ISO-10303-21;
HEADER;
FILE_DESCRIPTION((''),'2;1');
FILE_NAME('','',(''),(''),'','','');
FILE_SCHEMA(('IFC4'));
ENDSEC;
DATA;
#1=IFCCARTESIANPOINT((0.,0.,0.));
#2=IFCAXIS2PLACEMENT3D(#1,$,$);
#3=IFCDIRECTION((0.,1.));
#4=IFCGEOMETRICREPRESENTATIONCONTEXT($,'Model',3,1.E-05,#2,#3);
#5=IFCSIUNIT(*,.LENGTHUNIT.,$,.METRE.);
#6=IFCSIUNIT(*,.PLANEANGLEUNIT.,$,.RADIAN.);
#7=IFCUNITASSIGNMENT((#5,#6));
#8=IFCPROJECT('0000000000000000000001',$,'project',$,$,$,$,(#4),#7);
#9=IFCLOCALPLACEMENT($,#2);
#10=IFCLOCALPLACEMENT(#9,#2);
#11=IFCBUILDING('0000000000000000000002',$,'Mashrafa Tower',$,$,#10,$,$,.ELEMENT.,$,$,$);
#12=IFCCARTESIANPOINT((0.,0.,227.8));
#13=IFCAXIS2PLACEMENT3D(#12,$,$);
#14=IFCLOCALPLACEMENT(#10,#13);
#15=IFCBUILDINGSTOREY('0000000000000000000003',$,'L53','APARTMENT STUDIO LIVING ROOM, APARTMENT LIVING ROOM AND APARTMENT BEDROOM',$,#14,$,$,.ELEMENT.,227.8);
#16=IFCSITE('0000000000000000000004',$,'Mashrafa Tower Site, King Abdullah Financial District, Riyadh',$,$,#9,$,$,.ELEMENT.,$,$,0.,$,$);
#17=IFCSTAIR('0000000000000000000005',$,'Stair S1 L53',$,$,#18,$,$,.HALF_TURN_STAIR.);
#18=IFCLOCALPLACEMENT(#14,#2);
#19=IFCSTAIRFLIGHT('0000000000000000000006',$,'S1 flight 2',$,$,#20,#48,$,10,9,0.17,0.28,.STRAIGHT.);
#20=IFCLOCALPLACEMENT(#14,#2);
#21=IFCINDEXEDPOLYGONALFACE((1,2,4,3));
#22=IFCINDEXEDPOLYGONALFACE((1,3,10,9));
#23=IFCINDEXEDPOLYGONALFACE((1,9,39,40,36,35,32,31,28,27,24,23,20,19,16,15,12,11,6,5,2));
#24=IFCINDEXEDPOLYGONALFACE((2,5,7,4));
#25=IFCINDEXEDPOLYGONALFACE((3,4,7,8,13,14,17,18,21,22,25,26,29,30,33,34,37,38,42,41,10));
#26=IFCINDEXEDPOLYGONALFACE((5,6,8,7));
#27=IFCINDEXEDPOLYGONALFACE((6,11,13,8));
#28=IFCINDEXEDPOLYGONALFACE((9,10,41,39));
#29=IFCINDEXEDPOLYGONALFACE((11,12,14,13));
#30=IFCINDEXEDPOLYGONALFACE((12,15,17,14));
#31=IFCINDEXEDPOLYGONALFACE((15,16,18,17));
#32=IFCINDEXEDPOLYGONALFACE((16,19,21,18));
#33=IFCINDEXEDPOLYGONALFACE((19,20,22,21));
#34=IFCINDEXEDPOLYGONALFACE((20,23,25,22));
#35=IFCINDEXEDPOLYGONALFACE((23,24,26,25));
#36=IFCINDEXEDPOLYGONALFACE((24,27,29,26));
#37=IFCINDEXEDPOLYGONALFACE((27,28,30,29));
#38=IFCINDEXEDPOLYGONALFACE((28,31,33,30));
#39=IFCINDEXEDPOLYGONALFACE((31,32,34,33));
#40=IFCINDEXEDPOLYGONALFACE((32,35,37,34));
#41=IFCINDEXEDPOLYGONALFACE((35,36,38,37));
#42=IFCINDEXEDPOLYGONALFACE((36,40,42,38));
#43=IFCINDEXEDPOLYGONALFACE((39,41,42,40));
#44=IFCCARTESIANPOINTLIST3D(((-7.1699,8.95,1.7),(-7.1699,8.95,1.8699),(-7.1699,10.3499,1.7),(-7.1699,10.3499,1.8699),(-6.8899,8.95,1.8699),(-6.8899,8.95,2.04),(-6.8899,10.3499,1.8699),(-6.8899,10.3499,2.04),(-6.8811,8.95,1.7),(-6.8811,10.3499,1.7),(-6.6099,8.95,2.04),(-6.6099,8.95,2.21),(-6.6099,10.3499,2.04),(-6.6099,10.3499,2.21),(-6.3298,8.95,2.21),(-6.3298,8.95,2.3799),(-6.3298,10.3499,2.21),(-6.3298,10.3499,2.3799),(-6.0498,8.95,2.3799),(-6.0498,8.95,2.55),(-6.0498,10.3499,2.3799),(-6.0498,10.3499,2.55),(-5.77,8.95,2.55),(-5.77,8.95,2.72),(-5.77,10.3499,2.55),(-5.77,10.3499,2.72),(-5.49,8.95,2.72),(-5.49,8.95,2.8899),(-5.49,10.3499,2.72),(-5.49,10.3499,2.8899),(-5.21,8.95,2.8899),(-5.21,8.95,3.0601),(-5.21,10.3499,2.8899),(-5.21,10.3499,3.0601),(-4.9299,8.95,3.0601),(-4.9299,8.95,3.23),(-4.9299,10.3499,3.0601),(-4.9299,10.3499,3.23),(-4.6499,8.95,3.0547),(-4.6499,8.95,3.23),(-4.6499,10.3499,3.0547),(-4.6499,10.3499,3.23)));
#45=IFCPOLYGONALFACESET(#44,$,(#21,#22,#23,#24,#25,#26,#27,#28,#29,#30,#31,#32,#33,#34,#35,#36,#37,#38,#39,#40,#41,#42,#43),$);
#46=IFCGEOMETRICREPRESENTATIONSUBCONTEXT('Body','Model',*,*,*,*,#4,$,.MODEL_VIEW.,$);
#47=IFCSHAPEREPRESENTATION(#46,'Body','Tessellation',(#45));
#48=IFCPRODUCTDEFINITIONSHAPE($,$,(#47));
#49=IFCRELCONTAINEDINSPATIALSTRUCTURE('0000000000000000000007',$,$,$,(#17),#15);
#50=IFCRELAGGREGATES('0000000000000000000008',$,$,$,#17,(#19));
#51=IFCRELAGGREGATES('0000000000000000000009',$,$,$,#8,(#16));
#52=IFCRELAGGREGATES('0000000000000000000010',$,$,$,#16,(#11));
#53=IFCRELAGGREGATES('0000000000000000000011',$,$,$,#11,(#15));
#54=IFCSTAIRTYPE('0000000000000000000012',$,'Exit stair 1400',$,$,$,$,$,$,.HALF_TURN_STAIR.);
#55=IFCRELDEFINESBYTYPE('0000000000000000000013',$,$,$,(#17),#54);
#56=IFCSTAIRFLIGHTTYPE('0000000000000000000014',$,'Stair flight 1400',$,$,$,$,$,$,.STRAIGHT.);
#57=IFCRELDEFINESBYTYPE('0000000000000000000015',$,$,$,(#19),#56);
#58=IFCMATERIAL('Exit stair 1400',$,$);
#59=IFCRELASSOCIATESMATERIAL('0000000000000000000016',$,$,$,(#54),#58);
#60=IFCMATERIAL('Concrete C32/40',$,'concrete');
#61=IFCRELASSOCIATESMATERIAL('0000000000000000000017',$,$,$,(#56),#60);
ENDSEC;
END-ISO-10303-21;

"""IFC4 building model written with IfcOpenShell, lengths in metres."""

from ifc_helpers import new_model, si_unit, direction, frame, origin, place, context, subcontext, project, spatial, polyline, outline, extrude, material, type_object, element, aggregate, save


model = new_model("IFC4")

# Units and contexts
model_context = context("Model", 3, precision=1e-05, world=origin(), true_north=direction((0.0, 1.0)))
body_context = subcontext(model_context, "Body", "Model", "MODEL_VIEW")
ifc_project = project(units=[si_unit("LENGTHUNIT", "METRE"), si_unit("PLANEANGLEUNIT", "RADIAN")], contexts=[model_context])

# Site, building, storey
site_placement = place(None, origin())
site = spatial("IfcSite", under=ifc_project, at=site_placement, Name="Mashrafa Tower Site, King Abdullah Financial District, Riyadh", CompositionType="ELEMENT", RefElevation=0.0)
building_placement = place(site_placement, origin())
building = spatial("IfcBuilding", under=site, at=building_placement, Name="Mashrafa Tower", CompositionType="ELEMENT")
storey_placement = place(building_placement, frame((0.0, 0.0, 227.8)))
storey = spatial("IfcBuildingStorey", under=building, at=storey_placement, Name="L53", Description="APARTMENT STUDIO LIVING ROOM, APARTMENT LIVING ROOM AND APARTMENT BEDROOM", CompositionType="ELEMENT", Elevation=227.8)

# Stair, stair flight
ifc_material_1 = material(Name="Exit stair 1400")
stair_type = type_object("IfcStairType", Name="Exit stair 1400", PredefinedType="HALF_TURN_STAIR", material=ifc_material_1)
stair_placement = place(storey_placement, origin())
stair = element("IfcStair", 1, at=stair_placement, inside=storey, type_object=stair_type, Name="Stair S1 L53", PredefinedType="HALF_TURN_STAIR")
ifc_material_2 = material(Name="Concrete C32/40", Category="concrete")
stair_flight_type = type_object("IfcStairFlightType", Name="Stair flight 1400", PredefinedType="STRAIGHT", material=ifc_material_2)
stair_flight_1_placement = place(storey_placement, frame((-7.1699, 9.6499, 1.7), z_axis=(0.0, 0.0, 1.0), x_axis=(1.0, 0.0, 0.0)))
stair_flight_1 = element("IfcStairFlight", 2, at=stair_flight_1_placement, type_object=stair_flight_type, Name="S1 flight 2", NumberOfRisers=10, NumberOfTreads=9, PredefinedType="STRAIGHT", RiserHeight=0.17, TreadLength=0.28, context=body_context, shape_type="SweptSolid", body=[
    extrude(outline(polyline([(0.0, 0.0), (0.0, 0.1699), (0.28, 0.1699), (0.28, 0.3401), (0.5601, 0.3401), (0.5601, 0.51), (0.8401, 0.51), (0.8401, 0.6799), (1.1201, 0.6799), (1.1201, 0.8501), (1.3999, 0.8501), (1.3999, 1.02), (1.6799, 1.02), (1.6799, 1.1899), (1.96, 1.1899), (1.96, 1.3601), (2.24, 1.3601), (2.24, 1.53), (2.52, 1.53), (2.52, 1.7), (2.52, 1.3547), (0.2888, 0.0), (0.0, 0.0)])), frame((0.0, 0.7, 0.0), z_axis=(0.0, -1.0, 0.0), x_axis=(1.0, 0.0, 0.0)), (0.0, 0.0, 1.0), 1.3999),
])
aggregate(stair, [stair_flight_1])

save(model, "model.ifc")
